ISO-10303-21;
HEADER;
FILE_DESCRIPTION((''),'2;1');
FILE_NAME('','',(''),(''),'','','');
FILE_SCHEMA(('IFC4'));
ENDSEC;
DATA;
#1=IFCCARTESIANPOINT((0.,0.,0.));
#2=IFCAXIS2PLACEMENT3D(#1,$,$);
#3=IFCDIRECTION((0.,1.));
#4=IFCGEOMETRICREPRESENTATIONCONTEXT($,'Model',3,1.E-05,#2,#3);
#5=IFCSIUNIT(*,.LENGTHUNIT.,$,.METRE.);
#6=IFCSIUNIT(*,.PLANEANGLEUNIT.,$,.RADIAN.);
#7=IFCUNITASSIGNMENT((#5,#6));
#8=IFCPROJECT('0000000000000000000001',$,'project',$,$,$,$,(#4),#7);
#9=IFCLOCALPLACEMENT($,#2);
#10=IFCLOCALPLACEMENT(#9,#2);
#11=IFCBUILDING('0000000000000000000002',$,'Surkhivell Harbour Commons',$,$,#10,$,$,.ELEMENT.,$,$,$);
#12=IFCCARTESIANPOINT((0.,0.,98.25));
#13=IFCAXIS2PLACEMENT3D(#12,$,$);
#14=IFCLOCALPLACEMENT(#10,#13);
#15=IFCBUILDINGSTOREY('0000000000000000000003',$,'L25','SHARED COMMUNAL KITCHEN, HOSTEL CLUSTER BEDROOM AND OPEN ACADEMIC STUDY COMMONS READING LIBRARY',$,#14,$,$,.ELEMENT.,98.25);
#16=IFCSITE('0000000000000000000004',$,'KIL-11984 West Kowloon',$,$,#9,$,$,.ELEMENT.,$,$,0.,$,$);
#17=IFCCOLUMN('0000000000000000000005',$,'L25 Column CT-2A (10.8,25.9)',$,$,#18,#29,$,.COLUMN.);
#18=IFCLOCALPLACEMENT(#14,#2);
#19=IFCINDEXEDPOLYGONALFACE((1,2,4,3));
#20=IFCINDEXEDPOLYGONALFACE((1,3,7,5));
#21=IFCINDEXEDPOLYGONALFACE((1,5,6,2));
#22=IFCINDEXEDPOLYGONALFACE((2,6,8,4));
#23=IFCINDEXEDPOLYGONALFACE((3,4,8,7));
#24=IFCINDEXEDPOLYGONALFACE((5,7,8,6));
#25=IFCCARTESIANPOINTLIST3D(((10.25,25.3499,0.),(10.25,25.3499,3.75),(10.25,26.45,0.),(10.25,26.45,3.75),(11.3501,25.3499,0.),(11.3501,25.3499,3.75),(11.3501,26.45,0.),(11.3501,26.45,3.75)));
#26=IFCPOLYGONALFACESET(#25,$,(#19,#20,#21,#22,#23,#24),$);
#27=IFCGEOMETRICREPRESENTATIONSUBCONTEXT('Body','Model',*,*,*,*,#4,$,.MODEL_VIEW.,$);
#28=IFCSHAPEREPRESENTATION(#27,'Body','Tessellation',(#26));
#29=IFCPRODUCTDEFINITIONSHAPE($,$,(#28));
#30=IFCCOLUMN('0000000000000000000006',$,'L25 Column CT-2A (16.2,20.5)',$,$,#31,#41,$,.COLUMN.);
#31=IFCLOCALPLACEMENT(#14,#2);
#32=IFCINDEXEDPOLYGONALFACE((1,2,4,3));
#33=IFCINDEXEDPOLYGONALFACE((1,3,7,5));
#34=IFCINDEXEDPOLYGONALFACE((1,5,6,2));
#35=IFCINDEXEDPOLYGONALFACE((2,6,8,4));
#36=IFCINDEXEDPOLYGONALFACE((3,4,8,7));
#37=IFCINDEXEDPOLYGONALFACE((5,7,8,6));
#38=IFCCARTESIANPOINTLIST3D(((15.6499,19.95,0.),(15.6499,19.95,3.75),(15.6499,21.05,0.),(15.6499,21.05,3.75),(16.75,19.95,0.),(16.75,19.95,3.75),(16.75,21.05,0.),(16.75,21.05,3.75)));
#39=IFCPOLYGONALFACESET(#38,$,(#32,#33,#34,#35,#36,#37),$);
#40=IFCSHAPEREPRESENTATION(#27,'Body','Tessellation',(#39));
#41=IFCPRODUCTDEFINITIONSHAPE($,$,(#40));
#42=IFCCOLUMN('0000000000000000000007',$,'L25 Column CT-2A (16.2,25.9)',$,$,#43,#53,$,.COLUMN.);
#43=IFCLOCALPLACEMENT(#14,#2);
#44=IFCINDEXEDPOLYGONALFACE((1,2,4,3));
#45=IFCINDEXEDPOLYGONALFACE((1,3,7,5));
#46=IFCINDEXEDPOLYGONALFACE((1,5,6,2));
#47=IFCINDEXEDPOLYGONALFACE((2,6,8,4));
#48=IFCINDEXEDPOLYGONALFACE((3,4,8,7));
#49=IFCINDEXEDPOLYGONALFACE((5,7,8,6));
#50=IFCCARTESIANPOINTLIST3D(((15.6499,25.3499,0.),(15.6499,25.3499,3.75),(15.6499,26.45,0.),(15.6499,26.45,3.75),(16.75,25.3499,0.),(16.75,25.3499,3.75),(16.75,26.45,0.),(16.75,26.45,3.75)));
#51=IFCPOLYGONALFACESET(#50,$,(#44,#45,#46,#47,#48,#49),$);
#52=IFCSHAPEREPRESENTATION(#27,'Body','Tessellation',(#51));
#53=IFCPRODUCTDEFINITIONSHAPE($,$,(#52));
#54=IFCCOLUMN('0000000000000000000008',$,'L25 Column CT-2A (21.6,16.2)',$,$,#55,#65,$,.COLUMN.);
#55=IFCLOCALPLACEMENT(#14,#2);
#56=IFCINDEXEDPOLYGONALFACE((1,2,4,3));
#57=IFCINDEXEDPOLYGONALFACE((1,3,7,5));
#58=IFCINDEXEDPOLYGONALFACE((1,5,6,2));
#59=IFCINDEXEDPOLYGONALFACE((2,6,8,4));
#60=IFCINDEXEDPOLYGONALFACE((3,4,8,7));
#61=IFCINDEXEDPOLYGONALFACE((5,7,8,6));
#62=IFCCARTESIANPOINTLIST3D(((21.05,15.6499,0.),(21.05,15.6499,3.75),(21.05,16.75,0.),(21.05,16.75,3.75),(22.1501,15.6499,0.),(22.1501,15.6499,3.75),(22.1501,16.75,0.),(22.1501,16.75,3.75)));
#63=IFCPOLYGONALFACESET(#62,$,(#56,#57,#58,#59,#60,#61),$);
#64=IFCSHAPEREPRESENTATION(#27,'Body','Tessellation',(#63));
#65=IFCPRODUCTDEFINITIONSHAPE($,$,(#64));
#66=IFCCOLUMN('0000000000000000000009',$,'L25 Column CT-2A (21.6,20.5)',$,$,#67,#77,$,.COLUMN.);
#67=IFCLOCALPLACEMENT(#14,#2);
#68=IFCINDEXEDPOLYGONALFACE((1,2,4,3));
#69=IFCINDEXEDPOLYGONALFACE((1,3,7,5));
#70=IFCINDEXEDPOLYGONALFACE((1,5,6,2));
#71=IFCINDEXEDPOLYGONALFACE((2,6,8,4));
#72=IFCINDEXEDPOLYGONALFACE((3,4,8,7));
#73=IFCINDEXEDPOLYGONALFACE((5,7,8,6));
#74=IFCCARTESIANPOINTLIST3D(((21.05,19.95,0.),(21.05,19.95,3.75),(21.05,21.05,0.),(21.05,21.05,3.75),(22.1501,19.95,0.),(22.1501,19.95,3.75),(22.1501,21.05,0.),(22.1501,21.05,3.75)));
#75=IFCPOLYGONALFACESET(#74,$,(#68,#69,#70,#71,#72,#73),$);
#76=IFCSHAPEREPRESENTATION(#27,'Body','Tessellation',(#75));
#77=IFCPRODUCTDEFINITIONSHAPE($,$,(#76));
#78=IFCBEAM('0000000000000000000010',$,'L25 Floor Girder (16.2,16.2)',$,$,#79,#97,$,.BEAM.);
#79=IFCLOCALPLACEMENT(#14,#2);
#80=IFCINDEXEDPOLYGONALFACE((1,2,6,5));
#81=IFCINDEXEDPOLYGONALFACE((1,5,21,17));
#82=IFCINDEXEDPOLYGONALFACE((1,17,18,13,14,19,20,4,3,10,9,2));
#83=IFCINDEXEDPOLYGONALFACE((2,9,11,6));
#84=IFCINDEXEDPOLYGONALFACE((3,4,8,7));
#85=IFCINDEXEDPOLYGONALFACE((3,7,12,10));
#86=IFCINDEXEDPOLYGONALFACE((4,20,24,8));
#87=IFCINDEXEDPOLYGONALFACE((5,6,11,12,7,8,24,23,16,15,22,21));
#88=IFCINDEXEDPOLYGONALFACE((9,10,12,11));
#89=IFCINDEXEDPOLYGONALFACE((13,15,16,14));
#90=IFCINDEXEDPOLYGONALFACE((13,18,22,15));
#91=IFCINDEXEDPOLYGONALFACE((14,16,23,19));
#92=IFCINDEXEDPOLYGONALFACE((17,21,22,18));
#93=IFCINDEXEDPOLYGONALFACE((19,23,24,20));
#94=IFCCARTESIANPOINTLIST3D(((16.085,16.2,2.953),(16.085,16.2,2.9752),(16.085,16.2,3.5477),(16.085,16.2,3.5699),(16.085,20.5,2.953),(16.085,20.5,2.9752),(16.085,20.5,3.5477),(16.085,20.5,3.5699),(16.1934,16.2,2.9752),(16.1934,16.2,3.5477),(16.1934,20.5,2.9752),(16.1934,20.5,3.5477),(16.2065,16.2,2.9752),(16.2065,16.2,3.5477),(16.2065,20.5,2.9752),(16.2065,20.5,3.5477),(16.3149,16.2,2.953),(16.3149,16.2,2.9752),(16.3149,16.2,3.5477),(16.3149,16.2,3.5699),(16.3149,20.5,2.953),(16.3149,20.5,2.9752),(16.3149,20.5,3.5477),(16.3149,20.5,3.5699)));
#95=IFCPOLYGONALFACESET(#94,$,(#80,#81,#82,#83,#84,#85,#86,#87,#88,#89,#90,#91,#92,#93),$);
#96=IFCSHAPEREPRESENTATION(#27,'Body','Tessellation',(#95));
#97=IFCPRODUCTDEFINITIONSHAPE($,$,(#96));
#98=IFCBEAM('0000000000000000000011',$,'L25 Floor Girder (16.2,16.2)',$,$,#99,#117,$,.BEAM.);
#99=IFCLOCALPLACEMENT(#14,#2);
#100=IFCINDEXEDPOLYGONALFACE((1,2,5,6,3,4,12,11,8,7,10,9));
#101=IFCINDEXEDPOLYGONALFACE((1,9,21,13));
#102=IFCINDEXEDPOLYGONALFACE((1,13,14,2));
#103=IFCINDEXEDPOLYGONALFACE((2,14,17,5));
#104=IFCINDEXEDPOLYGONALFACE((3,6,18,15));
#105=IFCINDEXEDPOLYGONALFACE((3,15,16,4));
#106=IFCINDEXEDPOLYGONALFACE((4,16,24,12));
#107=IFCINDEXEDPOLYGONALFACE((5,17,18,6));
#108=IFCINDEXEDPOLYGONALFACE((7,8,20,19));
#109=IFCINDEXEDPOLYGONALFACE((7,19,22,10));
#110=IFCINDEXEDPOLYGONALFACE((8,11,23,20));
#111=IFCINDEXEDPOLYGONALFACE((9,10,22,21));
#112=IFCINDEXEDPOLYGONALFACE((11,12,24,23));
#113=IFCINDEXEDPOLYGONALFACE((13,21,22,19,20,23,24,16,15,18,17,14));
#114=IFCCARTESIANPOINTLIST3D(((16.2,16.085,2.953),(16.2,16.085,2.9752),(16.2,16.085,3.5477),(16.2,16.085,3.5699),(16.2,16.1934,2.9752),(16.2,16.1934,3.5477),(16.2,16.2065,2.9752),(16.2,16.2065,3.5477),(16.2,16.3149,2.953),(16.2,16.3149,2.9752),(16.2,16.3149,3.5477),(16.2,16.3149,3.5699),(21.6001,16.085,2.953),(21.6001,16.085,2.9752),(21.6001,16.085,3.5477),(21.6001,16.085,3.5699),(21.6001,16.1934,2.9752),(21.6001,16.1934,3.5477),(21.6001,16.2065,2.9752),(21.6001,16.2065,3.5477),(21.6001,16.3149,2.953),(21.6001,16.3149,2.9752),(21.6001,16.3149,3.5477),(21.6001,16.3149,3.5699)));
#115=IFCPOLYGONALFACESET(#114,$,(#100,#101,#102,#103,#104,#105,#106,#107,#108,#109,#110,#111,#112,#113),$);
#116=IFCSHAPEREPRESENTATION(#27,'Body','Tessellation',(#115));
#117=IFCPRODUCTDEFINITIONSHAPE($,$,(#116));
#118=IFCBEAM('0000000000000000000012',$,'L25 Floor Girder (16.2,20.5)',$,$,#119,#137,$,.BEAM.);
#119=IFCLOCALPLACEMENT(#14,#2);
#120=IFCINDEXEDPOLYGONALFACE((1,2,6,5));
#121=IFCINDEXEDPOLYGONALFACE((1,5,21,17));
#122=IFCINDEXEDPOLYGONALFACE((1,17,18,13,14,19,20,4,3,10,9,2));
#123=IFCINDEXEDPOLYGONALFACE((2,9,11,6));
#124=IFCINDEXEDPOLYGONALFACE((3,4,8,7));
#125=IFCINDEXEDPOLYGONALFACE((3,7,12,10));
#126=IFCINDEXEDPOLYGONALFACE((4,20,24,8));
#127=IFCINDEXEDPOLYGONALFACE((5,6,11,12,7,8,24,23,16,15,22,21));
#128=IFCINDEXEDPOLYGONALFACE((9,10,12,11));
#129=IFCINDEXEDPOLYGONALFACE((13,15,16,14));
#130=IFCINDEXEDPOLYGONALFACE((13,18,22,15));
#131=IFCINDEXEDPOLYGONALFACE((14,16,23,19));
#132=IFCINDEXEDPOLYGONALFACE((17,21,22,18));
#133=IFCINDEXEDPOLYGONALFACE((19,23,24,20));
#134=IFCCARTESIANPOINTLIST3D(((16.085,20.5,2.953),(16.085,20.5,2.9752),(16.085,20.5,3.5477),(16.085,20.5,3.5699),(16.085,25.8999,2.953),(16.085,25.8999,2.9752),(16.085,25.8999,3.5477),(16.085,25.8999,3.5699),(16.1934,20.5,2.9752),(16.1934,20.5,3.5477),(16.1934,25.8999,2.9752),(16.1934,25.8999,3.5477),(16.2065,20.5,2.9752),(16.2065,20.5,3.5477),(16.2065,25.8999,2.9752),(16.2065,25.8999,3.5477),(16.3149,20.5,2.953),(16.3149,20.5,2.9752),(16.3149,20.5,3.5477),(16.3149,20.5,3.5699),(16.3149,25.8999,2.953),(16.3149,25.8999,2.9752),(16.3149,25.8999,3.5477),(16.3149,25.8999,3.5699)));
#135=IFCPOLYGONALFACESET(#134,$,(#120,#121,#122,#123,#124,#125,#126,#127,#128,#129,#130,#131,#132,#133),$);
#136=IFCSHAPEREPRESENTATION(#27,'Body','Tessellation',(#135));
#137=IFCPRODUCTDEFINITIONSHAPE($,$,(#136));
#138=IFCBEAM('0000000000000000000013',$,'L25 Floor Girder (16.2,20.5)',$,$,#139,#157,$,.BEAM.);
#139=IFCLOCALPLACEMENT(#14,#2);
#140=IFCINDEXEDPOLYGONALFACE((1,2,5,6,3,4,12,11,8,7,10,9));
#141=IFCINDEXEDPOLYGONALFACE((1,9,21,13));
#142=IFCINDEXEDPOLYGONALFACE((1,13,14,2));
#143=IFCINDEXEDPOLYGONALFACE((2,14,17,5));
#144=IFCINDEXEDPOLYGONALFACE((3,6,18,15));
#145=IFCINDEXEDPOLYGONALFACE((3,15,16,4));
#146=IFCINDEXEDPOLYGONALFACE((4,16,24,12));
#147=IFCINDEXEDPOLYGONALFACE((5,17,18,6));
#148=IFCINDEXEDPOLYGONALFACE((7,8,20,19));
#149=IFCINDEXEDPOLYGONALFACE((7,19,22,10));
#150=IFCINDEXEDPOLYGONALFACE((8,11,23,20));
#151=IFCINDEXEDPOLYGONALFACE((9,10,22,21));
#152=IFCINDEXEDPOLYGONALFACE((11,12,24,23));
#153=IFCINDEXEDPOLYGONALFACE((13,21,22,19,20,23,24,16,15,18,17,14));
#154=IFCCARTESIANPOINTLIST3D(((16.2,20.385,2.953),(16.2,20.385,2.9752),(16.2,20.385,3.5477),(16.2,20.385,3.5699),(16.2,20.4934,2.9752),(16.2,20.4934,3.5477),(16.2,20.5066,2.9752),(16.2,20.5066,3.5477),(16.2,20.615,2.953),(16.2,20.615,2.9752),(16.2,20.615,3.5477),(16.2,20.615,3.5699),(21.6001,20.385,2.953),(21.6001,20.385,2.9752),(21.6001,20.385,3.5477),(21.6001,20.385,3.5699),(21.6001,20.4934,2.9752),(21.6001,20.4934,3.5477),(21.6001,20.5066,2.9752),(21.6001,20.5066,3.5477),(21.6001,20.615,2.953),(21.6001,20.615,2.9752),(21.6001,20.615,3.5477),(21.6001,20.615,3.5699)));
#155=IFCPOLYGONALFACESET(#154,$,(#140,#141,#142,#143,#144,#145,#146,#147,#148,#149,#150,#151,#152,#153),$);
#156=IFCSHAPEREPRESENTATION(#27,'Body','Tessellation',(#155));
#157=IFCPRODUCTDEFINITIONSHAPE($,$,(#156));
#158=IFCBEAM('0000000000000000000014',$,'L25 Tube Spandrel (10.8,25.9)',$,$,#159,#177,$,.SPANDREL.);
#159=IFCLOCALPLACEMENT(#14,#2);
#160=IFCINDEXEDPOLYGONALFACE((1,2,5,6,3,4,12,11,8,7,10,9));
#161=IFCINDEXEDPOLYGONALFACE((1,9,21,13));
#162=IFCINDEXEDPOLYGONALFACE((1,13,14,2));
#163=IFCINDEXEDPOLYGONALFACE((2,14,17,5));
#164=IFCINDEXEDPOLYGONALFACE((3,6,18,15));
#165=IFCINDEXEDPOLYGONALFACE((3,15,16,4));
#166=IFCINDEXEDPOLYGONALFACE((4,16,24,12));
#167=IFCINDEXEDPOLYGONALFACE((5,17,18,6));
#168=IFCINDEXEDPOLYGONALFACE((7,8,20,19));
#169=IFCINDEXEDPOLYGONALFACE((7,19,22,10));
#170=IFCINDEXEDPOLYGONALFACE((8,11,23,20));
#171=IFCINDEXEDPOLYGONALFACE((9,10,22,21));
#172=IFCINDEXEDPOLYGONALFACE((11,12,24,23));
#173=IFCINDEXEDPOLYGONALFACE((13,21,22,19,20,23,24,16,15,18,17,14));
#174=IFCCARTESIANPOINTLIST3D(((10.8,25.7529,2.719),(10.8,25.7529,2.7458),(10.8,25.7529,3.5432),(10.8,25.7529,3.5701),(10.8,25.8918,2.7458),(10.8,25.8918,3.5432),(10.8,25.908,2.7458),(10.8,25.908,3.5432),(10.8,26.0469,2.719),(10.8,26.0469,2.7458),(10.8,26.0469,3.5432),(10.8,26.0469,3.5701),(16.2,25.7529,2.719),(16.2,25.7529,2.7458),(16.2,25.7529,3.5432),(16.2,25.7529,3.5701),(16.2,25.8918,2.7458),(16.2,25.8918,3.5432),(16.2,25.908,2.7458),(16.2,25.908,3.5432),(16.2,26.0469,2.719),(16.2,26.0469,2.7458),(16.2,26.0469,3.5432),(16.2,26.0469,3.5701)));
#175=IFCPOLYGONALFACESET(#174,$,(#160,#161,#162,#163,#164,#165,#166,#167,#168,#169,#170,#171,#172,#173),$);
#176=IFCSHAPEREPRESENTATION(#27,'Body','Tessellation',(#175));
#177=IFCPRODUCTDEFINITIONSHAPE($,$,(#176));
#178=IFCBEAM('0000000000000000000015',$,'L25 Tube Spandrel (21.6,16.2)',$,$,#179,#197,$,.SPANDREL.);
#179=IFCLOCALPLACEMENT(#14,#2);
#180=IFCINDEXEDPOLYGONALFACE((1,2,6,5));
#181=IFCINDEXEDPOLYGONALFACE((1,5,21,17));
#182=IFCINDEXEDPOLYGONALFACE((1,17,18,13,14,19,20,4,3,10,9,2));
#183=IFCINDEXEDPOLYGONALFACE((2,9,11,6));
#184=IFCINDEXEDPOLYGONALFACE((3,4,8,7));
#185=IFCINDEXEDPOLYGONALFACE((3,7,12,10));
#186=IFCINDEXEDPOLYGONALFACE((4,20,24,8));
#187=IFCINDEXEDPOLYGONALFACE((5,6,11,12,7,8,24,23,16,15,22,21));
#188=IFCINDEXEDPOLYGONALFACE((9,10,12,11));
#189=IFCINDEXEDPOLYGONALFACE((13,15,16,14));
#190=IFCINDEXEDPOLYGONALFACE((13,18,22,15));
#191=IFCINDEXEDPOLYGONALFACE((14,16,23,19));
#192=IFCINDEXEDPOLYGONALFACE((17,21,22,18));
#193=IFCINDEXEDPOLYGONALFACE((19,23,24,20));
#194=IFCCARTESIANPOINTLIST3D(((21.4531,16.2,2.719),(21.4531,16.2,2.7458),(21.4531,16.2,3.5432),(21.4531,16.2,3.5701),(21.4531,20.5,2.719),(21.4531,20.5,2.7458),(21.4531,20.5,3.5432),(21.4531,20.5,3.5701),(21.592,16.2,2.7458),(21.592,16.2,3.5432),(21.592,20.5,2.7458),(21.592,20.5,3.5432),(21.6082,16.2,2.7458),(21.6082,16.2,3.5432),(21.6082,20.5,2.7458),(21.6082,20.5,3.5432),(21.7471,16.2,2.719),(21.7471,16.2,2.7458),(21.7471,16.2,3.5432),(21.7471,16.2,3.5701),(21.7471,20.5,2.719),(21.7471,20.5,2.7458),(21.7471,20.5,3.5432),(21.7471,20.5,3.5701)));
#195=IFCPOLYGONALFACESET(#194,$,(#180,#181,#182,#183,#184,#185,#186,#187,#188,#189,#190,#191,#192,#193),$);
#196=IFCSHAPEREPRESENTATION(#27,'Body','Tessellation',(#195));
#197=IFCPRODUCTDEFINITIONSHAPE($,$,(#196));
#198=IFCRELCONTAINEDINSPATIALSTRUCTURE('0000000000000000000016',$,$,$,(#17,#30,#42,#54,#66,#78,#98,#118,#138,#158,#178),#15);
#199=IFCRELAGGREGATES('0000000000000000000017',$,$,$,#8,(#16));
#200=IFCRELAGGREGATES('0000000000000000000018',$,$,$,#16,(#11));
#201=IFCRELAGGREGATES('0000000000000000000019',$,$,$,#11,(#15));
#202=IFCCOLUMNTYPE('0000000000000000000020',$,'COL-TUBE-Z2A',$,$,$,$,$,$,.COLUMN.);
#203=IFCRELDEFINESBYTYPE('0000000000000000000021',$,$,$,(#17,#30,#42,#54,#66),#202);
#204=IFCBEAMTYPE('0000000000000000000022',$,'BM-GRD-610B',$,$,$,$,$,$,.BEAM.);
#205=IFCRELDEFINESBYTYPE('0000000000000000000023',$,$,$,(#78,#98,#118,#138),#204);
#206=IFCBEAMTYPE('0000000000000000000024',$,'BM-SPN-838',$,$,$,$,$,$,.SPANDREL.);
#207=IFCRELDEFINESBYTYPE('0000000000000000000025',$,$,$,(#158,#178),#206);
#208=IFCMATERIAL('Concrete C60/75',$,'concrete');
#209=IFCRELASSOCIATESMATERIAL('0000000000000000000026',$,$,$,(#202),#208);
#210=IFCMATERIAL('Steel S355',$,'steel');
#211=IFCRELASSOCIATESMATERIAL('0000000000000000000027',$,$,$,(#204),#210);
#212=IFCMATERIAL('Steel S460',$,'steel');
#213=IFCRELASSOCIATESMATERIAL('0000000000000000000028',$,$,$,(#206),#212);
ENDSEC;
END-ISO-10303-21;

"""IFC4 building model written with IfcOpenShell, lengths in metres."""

from ifc_helpers import new_model, si_unit, direction, frame, origin, origin_2d, place, context, subcontext, project, spatial, rectangle, i_section, extrude, material, material_profile, profile_set, type_object, element, save


model = new_model("IFC4")

# Units and contexts
model_context = context("Model", 3, precision=1e-05, world=origin(), true_north=direction((0.0, 1.0)))
body_context = subcontext(model_context, "Body", "Model", "MODEL_VIEW")
ifc_project = project(units=[si_unit("LENGTHUNIT", "METRE"), si_unit("PLANEANGLEUNIT", "RADIAN")], contexts=[model_context])

# Site, building, storey
site_placement = place(None, origin())
site = spatial("IfcSite", under=ifc_project, at=site_placement, Name="KIL-11984 West Kowloon", CompositionType="ELEMENT", RefElevation=0.0)
building_placement = place(site_placement, origin())
building = spatial("IfcBuilding", under=site, at=building_placement, Name="Surkhivell Harbour Commons", CompositionType="ELEMENT")
storey_placement = place(building_placement, frame((0.0, 0.0, 98.25)))
storey = spatial("IfcBuildingStorey", under=building, at=storey_placement, Name="L25", Description="SHARED COMMUNAL KITCHEN, HOSTEL CLUSTER BEDROOM AND OPEN ACADEMIC STUDY COMMONS READING LIBRARY", CompositionType="ELEMENT", Elevation=98.25)

# Columns
ifc_material_1 = material(Name="Concrete C60/75", Category="concrete")
ifc_material_profile_1 = material_profile(ifc_material_1, rectangle(XDim=1.1001, YDim=1.1001, at=origin_2d()), Name="RC-COL-1100x1100")
ifc_profile_set_1 = profile_set([ifc_material_profile_1], Name="Concrete C60/75")
column_type = type_object("IfcColumnType", Name="COL-TUBE-Z2A", PredefinedType="COLUMN", material=ifc_profile_set_1)
for number, where, z_axis, x_axis, name in (
    (1, (10.8, 25.8999, 0.0), (0.0, 0.0, 1.0), (1.0, 0.0, 0.0), "L25 Column CT-2A (10.8,25.9)"),
    (2, (16.2, 20.5, 0.0), (0.0, 0.0, 1.0), (1.0, 0.0, 0.0), "L25 Column CT-2A (16.2,20.5)"),
    (3, (16.2, 25.8999, 0.0), (0.0, 0.0, 1.0), (1.0, 0.0, 0.0), "L25 Column CT-2A (16.2,25.9)"),
    (4, (21.6001, 16.2, 0.0), (0.0, 0.0, 1.0), (1.0, 0.0, 0.0), "L25 Column CT-2A (21.6,16.2)"),
    (5, (21.6001, 20.5, 0.0), (0.0, 0.0, 1.0), (1.0, 0.0, 0.0), "L25 Column CT-2A (21.6,20.5)"),
):
    element("IfcColumn", number, at=place(storey_placement, frame(where, z_axis=z_axis, x_axis=x_axis)), inside=storey, type_object=column_type, Name=name, PredefinedType="COLUMN", context=body_context, shape_type="SweptSolid", body=[
        extrude(rectangle(XDim=1.1001, YDim=1.1001, at=origin_2d()), origin(), (0.0, 0.0, 1.0), 3.75),
    ])

# Beams
ifc_material_2 = material(Name="Steel S355", Category="steel")
ifc_material_profile_2 = material_profile(ifc_material_2, i_section(OverallWidth=0.23, OverallDepth=0.6169, WebThickness=0.0132, FlangeThickness=0.0222, at=origin_2d()), Name="UB610x229x140")
ifc_profile_set_2 = profile_set([ifc_material_profile_2], Name="Steel S355")
beam_type_1 = type_object("IfcBeamType", Name="BM-GRD-610B", PredefinedType="BEAM", material=ifc_profile_set_2)
beam_1_placement = place(storey_placement, frame((16.2, 16.2, 3.2615), z_axis=(0.0, 1.0, 0.0), x_axis=(-1.0, 0.0, 0.0)))
element("IfcBeam", 6, at=beam_1_placement, inside=storey, type_object=beam_type_1, Name="L25 Floor Girder (16.2,16.2)", PredefinedType="BEAM", context=body_context, shape_type="SweptSolid", body=[
    extrude(i_section(OverallWidth=0.23, OverallDepth=0.6169, WebThickness=0.0132, FlangeThickness=0.0222, at=origin_2d()), origin(), (0.0, 0.0, 1.0), 4.3),
])
beam_2_placement = place(storey_placement, frame((16.2, 16.2, 3.2615), z_axis=(1.0, 0.0, 0.0), x_axis=(0.0, 1.0, 0.0)))
element("IfcBeam", 7, at=beam_2_placement, inside=storey, type_object=beam_type_1, Name="L25 Floor Girder (16.2,16.2)", PredefinedType="BEAM", context=body_context, shape_type="SweptSolid", body=[
    extrude(i_section(OverallWidth=0.23, OverallDepth=0.6169, WebThickness=0.0132, FlangeThickness=0.0222, at=origin_2d()), origin(), (0.0, 0.0, 1.0), 5.4001),
])
beam_3_placement = place(storey_placement, frame((16.2, 20.5, 3.2615), z_axis=(0.0, 1.0, 0.0), x_axis=(-1.0, 0.0, 0.0)))
element("IfcBeam", 8, at=beam_3_placement, inside=storey, type_object=beam_type_1, Name="L25 Floor Girder (16.2,20.5)", PredefinedType="BEAM", context=body_context, shape_type="SweptSolid", body=[
    extrude(i_section(OverallWidth=0.23, OverallDepth=0.6169, WebThickness=0.0132, FlangeThickness=0.0222, at=origin_2d()), origin(), (0.0, 0.0, 1.0), 5.3999),
])
beam_4_placement = place(storey_placement, frame((16.2, 20.5, 3.2615), z_axis=(1.0, 0.0, 0.0), x_axis=(0.0, 1.0, 0.0)))
element("IfcBeam", 9, at=beam_4_placement, inside=storey, type_object=beam_type_1, Name="L25 Floor Girder (16.2,20.5)", PredefinedType="BEAM", context=body_context, shape_type="SweptSolid", body=[
    extrude(i_section(OverallWidth=0.23, OverallDepth=0.6169, WebThickness=0.0132, FlangeThickness=0.0222, at=origin_2d()), origin(), (0.0, 0.0, 1.0), 5.4001),
])
ifc_material_3 = material(Name="Steel S460", Category="steel")
ifc_material_profile_3 = material_profile(ifc_material_3, i_section(OverallWidth=0.2939, OverallDepth=0.8511, WebThickness=0.0161, FlangeThickness=0.0269, at=origin_2d()), Name="UB838x292x226")
ifc_profile_set_3 = profile_set([ifc_material_profile_3], Name="Steel S460")
beam_type_2 = type_object("IfcBeamType", Name="BM-SPN-838", PredefinedType="SPANDREL", material=ifc_profile_set_3)
beam_5_placement = place(storey_placement, frame((10.8, 25.8999, 3.1445), z_axis=(1.0, 0.0, 0.0), x_axis=(0.0, 1.0, 0.0)))
element("IfcBeam", 10, at=beam_5_placement, inside=storey, type_object=beam_type_2, Name="L25 Tube Spandrel (10.8,25.9)", PredefinedType="SPANDREL", context=body_context, shape_type="SweptSolid", body=[
    extrude(i_section(OverallWidth=0.2939, OverallDepth=0.8511, WebThickness=0.0161, FlangeThickness=0.0269, at=origin_2d()), origin(), (0.0, 0.0, 1.0), 5.3999),
])
beam_6_placement = place(storey_placement, frame((21.6001, 16.2, 3.1445), z_axis=(0.0, 1.0, 0.0), x_axis=(-1.0, 0.0, 0.0)))
element("IfcBeam", 11, at=beam_6_placement, inside=storey, type_object=beam_type_2, Name="L25 Tube Spandrel (21.6,16.2)", PredefinedType="SPANDREL", context=body_context, shape_type="SweptSolid", body=[
    extrude(i_section(OverallWidth=0.2939, OverallDepth=0.8511, WebThickness=0.0161, FlangeThickness=0.0269, at=origin_2d()), origin(), (0.0, 0.0, 1.0), 4.3),
])

save(model, "model.ifc")
